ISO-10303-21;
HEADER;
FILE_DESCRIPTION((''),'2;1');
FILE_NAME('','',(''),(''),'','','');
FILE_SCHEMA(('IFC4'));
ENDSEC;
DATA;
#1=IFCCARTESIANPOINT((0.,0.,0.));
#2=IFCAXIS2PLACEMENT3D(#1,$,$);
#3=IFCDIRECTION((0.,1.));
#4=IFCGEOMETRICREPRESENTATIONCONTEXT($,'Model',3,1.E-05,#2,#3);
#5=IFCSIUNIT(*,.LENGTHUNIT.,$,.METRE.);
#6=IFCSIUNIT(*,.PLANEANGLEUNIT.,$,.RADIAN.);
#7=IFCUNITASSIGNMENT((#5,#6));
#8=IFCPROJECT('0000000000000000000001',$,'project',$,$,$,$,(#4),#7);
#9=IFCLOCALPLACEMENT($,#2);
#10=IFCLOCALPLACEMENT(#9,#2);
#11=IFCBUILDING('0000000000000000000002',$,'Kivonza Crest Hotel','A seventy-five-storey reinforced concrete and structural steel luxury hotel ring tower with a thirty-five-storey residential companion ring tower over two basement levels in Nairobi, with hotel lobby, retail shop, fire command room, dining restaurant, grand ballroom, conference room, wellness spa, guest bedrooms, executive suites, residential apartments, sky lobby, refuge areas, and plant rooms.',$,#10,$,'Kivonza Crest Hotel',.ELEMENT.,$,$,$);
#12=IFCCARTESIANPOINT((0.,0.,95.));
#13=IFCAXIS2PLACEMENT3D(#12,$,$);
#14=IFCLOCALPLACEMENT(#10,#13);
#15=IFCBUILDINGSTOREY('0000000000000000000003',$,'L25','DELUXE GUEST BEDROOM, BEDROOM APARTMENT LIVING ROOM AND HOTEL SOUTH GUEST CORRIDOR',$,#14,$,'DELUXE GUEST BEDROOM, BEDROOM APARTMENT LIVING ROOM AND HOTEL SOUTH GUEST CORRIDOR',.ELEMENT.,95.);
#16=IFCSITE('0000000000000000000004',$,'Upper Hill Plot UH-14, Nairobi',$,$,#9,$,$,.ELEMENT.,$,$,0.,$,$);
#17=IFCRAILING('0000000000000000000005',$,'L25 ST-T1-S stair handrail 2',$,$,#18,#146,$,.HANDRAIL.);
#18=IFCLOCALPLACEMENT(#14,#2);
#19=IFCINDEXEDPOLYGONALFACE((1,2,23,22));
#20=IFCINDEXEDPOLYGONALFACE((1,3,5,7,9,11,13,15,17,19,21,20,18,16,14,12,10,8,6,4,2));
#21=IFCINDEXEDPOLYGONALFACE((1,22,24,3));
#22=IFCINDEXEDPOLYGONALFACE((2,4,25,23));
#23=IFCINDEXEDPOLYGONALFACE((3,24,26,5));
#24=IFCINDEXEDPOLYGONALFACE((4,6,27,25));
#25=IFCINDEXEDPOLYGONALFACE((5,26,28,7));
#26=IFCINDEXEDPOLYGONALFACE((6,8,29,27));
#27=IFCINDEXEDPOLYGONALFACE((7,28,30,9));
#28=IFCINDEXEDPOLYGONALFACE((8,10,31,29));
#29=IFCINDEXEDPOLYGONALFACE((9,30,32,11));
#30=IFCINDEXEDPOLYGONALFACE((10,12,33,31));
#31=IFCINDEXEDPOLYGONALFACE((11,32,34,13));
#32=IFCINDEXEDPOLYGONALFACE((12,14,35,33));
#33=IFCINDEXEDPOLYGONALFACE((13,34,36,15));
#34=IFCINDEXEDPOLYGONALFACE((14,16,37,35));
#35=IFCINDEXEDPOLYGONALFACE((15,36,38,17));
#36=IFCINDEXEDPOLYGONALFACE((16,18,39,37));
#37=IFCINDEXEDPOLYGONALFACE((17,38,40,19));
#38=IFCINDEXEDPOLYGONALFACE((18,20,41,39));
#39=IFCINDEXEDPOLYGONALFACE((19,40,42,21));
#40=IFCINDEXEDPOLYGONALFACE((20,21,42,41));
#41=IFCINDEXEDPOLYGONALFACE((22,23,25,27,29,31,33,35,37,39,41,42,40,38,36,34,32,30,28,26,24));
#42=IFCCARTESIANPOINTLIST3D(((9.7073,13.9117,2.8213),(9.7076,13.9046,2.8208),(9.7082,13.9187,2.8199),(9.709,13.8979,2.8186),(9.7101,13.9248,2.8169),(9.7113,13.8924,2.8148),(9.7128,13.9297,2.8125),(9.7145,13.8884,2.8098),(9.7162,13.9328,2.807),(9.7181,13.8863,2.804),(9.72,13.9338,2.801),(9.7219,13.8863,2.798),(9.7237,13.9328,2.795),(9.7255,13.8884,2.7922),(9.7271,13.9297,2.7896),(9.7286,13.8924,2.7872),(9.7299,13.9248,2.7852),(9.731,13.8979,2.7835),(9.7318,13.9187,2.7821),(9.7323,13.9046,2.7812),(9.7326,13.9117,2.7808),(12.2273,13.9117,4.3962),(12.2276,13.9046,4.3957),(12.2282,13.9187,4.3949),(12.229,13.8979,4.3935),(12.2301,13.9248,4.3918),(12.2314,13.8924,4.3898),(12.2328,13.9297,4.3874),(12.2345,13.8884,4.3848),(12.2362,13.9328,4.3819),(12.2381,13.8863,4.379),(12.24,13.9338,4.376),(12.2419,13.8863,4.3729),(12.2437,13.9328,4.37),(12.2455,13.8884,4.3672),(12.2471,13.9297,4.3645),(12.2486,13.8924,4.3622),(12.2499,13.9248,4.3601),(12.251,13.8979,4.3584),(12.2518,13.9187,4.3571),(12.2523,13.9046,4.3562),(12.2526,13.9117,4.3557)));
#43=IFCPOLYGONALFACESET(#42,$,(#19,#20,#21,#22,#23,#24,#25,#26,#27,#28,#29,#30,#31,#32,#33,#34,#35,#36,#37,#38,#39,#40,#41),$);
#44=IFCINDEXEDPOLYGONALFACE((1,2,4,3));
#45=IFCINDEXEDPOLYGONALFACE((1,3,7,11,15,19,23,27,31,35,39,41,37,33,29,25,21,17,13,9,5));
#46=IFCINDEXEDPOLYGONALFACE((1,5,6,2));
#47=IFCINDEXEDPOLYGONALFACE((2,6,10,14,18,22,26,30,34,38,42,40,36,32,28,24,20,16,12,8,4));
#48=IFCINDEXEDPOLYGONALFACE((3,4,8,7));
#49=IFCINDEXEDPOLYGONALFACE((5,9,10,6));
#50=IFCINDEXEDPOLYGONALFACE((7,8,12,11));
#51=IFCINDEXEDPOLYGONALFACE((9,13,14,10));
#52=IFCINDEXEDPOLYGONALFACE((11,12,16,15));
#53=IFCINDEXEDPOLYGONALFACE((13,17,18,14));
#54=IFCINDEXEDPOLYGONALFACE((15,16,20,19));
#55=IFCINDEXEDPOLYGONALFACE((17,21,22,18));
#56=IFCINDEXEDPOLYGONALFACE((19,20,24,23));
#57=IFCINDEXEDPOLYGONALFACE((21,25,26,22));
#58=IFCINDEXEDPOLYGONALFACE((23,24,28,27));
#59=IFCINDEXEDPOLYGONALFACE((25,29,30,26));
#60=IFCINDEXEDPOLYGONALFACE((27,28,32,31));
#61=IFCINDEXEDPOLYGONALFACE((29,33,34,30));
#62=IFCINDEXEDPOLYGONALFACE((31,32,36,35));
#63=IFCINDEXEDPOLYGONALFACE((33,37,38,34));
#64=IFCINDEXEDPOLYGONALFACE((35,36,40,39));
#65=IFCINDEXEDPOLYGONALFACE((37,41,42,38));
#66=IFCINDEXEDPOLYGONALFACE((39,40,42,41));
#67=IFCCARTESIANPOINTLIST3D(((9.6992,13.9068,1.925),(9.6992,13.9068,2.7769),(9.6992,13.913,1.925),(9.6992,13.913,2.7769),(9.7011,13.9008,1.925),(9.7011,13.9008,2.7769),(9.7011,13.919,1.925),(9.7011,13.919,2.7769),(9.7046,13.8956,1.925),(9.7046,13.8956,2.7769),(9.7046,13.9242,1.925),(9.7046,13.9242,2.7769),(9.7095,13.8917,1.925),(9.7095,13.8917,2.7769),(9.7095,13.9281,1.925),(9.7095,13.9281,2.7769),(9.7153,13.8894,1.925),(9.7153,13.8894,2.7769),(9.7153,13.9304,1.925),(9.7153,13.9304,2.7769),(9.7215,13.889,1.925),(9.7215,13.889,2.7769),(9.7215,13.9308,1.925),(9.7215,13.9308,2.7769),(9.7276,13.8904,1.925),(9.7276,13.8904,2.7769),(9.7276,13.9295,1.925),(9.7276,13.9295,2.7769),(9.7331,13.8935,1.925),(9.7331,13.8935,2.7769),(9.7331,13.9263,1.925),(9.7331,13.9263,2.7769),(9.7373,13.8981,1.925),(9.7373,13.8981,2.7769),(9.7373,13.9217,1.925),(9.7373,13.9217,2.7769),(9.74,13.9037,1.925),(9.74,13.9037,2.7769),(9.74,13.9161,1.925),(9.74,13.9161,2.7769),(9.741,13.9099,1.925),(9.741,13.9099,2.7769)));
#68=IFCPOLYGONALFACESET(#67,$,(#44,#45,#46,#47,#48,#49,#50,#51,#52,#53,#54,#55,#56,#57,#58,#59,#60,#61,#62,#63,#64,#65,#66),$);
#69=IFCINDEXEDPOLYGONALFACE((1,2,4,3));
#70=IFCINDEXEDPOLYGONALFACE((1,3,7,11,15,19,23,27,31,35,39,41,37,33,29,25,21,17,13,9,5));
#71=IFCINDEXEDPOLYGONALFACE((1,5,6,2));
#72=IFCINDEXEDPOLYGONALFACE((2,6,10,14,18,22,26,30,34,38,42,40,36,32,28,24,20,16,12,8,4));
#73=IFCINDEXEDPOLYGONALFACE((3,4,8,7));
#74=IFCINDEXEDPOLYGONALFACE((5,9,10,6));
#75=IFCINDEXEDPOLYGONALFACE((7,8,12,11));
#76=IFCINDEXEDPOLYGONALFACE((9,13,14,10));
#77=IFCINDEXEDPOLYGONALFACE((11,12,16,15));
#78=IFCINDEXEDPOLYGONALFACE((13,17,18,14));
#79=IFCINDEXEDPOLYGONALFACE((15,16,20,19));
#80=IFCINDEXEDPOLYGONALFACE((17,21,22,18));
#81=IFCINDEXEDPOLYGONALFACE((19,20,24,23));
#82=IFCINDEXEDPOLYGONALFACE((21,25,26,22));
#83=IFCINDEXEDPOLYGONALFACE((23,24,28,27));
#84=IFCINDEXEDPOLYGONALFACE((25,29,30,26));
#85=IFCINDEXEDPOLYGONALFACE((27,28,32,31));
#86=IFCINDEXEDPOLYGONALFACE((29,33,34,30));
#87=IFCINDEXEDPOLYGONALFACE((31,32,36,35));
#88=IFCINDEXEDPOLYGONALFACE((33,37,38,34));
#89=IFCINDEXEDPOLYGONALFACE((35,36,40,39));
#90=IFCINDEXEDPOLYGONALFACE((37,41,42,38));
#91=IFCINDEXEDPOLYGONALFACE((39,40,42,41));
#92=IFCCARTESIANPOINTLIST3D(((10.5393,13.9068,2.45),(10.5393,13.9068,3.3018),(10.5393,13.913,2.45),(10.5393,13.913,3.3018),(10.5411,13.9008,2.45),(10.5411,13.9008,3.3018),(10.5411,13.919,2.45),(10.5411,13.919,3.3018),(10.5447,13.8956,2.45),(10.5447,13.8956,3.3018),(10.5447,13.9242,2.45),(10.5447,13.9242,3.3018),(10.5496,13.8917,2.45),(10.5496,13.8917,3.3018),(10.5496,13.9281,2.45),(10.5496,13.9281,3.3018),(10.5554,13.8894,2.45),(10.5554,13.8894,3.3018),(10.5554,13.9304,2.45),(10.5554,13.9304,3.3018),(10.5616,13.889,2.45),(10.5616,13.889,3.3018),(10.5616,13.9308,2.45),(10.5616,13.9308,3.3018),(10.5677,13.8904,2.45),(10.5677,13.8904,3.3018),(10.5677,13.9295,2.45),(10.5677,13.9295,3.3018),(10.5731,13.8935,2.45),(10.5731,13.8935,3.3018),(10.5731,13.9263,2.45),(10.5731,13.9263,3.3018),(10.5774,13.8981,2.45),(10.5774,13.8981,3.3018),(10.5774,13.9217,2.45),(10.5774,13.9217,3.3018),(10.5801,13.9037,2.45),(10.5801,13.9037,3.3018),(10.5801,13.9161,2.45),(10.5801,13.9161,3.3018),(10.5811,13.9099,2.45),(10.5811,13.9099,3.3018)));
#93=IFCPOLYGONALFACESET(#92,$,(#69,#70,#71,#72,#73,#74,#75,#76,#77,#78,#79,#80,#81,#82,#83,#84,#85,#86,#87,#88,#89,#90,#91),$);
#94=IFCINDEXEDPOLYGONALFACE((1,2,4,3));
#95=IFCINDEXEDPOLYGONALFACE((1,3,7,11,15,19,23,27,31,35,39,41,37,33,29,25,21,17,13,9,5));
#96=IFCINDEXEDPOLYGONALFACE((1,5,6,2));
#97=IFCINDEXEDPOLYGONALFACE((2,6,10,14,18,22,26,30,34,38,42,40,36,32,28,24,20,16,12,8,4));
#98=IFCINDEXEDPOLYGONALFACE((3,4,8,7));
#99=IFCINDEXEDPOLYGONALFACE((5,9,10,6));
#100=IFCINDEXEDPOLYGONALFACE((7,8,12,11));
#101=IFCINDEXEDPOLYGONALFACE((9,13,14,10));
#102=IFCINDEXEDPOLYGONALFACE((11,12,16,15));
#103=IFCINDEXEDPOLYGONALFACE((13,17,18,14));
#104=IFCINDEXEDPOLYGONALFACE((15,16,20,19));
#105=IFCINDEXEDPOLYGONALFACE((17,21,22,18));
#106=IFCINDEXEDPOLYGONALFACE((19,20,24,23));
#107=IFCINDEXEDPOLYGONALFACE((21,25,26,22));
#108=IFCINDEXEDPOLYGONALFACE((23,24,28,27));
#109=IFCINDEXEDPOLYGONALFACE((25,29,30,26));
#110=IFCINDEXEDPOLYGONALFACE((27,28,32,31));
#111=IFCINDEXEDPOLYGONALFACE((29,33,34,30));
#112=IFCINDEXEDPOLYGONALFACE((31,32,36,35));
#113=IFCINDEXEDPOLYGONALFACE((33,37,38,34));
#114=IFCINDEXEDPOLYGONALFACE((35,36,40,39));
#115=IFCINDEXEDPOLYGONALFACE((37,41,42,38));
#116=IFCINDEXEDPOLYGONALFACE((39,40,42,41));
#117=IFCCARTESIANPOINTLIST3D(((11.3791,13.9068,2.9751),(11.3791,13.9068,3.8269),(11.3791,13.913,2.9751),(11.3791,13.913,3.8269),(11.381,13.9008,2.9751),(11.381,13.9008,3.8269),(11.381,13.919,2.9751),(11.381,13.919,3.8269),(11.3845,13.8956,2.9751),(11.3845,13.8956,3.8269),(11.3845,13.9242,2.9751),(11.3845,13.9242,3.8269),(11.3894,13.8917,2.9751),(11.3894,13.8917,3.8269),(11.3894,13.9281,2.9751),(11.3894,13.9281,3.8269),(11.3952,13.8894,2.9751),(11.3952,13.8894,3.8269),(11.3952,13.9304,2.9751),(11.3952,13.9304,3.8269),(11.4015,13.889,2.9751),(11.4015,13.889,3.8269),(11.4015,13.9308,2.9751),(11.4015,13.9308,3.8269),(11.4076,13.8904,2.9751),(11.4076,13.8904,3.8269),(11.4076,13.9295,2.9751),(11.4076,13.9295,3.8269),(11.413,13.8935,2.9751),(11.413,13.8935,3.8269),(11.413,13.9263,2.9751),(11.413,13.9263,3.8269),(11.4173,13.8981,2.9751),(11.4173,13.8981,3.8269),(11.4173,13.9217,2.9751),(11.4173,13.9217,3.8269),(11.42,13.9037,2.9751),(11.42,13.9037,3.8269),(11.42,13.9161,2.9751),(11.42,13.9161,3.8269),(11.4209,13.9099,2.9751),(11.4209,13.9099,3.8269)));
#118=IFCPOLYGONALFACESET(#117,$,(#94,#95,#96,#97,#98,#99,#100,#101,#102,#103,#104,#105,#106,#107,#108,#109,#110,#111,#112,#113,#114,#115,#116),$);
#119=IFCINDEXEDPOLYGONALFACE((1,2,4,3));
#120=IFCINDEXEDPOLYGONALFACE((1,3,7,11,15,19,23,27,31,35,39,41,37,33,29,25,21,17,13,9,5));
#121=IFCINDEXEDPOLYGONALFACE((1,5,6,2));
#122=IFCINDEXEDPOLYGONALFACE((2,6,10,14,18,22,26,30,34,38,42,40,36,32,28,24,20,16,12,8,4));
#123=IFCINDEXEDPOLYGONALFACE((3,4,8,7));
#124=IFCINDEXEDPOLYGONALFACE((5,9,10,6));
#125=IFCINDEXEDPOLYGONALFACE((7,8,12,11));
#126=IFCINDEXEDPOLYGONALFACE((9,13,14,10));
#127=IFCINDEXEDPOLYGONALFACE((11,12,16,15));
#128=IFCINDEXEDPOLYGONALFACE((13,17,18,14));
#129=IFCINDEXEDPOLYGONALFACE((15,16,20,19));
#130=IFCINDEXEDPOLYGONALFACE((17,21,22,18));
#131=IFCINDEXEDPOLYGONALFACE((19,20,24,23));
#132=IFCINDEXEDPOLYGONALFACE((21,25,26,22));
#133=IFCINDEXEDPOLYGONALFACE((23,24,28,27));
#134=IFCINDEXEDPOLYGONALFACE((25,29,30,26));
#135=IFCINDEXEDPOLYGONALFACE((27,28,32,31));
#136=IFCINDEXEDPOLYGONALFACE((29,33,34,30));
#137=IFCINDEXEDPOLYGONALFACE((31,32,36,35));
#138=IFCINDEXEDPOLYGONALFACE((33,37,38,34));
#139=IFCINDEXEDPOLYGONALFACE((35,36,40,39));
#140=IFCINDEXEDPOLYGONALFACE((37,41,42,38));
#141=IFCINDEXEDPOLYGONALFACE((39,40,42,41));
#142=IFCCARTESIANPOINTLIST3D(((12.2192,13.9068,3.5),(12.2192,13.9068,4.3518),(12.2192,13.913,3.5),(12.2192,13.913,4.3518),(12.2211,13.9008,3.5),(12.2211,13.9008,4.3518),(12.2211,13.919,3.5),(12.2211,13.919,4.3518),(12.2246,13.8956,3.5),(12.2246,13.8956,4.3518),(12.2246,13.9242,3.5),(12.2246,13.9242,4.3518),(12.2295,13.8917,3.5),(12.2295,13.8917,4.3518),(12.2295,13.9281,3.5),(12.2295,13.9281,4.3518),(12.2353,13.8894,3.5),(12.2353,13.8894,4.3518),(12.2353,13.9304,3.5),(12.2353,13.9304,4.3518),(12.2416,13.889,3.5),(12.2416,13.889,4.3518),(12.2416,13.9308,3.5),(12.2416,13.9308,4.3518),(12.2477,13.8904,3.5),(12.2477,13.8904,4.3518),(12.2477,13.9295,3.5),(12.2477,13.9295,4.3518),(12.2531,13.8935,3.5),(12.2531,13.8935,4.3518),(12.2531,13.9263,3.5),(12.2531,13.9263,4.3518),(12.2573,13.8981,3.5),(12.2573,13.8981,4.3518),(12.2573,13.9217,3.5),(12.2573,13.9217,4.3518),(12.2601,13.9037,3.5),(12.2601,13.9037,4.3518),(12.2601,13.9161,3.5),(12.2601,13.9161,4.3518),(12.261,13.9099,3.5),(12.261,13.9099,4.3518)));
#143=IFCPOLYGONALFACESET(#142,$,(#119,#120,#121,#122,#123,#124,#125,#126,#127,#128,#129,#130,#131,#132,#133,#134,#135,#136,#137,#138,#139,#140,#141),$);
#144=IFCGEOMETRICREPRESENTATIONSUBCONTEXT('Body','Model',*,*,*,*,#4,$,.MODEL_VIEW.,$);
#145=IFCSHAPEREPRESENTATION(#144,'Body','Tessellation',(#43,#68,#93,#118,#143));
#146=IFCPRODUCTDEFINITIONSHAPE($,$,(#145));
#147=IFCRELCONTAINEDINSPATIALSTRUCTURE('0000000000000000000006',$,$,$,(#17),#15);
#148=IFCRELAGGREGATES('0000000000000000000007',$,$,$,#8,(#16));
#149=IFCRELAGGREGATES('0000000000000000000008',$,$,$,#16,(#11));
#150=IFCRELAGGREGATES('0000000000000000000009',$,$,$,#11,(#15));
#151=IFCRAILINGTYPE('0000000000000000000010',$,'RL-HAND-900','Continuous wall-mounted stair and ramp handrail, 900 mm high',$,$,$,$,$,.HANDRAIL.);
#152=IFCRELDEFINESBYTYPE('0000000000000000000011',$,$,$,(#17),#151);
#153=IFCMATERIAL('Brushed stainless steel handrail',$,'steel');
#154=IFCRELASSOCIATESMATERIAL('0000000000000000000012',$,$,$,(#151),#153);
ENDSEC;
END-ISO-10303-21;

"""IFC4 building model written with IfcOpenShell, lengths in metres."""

from ifc_helpers import new_model, si_unit, direction, frame, origin, origin_2d, place, context, subcontext, project, spatial, circle, extrude, material, type_object, element, save


model = new_model("IFC4")

# Units and contexts
model_context = context("Model", 3, precision=1e-05, world=origin(), true_north=direction((0.0, 1.0)))
body_context = subcontext(model_context, "Body", "Model", "MODEL_VIEW")
ifc_project = project(units=[si_unit("LENGTHUNIT", "METRE"), si_unit("PLANEANGLEUNIT", "RADIAN")], contexts=[model_context])

# Site, building, storey
site_placement = place(None, origin())
site = spatial("IfcSite", under=ifc_project, at=site_placement, Name="Upper Hill Plot UH-14, Nairobi", CompositionType="ELEMENT", RefElevation=0.0)
building_placement = place(site_placement, origin())
building = spatial("IfcBuilding", under=site, at=building_placement, Name="Kivonza Crest Hotel", Description="A seventy-five-storey reinforced concrete and structural steel luxury hotel ring tower with a thirty-five-storey residential companion ring tower over two basement levels in Nairobi, with hotel lobby, retail shop, fire command room, dining restaurant, grand ballroom, conference room, wellness spa, guest bedrooms, executive suites, residential apartments, sky lobby, refuge areas, and plant rooms.", LongName="Kivonza Crest Hotel", CompositionType="ELEMENT")
storey_placement = place(building_placement, frame((0.0, 0.0, 95.0)))
storey = spatial("IfcBuildingStorey", under=building, at=storey_placement, Name="L25", Description="DELUXE GUEST BEDROOM, BEDROOM APARTMENT LIVING ROOM AND HOTEL SOUTH GUEST CORRIDOR", LongName="DELUXE GUEST BEDROOM, BEDROOM APARTMENT LIVING ROOM AND HOTEL SOUTH GUEST CORRIDOR", CompositionType="ELEMENT", Elevation=95.0)

# Railing
ifc_material_1 = material(Name="Brushed stainless steel handrail", Category="steel")
railing_type_1 = type_object("IfcRailingType", Name="RL-HAND-900", Description="Continuous wall-mounted stair and ramp handrail, 900 mm high", PredefinedType="HANDRAIL", material=ifc_material_1)
railing_1_placement = place(storey_placement, frame((9.72, 13.9099, 1.925)))
element("IfcRailing", 1, at=railing_1_placement, inside=storey, type_object=railing_type_1, Name="L25 ST-T1-S stair handrail 2", PredefinedType="HANDRAIL", context=body_context, shape_type="SweptSolid", body=[
    extrude(circle(Radius=0.0239, at=origin_2d()), frame((0.0, 0.0, 0.876), z_axis=(0.848008, 0.0, 0.529984), x_axis=(0.0, 1.0, 0.0)), (0.0, 0.0, 1.0), 2.9717),
    extrude(circle(Radius=0.021, at=origin_2d()), origin(), (0.0, 0.0, 1.0), 0.8518),
    extrude(circle(Radius=0.021, at=origin_2d()), frame((0.8401, 0.0, 0.5249)), (0.0, 0.0, 1.0), 0.8518),
    extrude(circle(Radius=0.021, at=origin_2d()), frame((1.6799, 0.0, 1.05)), (0.0, 0.0, 1.0), 0.8518),
    extrude(circle(Radius=0.021, at=origin_2d()), frame((2.52, 0.0, 1.575)), (0.0, 0.0, 1.0), 0.8518),
])

save(model, "model.ifc")
